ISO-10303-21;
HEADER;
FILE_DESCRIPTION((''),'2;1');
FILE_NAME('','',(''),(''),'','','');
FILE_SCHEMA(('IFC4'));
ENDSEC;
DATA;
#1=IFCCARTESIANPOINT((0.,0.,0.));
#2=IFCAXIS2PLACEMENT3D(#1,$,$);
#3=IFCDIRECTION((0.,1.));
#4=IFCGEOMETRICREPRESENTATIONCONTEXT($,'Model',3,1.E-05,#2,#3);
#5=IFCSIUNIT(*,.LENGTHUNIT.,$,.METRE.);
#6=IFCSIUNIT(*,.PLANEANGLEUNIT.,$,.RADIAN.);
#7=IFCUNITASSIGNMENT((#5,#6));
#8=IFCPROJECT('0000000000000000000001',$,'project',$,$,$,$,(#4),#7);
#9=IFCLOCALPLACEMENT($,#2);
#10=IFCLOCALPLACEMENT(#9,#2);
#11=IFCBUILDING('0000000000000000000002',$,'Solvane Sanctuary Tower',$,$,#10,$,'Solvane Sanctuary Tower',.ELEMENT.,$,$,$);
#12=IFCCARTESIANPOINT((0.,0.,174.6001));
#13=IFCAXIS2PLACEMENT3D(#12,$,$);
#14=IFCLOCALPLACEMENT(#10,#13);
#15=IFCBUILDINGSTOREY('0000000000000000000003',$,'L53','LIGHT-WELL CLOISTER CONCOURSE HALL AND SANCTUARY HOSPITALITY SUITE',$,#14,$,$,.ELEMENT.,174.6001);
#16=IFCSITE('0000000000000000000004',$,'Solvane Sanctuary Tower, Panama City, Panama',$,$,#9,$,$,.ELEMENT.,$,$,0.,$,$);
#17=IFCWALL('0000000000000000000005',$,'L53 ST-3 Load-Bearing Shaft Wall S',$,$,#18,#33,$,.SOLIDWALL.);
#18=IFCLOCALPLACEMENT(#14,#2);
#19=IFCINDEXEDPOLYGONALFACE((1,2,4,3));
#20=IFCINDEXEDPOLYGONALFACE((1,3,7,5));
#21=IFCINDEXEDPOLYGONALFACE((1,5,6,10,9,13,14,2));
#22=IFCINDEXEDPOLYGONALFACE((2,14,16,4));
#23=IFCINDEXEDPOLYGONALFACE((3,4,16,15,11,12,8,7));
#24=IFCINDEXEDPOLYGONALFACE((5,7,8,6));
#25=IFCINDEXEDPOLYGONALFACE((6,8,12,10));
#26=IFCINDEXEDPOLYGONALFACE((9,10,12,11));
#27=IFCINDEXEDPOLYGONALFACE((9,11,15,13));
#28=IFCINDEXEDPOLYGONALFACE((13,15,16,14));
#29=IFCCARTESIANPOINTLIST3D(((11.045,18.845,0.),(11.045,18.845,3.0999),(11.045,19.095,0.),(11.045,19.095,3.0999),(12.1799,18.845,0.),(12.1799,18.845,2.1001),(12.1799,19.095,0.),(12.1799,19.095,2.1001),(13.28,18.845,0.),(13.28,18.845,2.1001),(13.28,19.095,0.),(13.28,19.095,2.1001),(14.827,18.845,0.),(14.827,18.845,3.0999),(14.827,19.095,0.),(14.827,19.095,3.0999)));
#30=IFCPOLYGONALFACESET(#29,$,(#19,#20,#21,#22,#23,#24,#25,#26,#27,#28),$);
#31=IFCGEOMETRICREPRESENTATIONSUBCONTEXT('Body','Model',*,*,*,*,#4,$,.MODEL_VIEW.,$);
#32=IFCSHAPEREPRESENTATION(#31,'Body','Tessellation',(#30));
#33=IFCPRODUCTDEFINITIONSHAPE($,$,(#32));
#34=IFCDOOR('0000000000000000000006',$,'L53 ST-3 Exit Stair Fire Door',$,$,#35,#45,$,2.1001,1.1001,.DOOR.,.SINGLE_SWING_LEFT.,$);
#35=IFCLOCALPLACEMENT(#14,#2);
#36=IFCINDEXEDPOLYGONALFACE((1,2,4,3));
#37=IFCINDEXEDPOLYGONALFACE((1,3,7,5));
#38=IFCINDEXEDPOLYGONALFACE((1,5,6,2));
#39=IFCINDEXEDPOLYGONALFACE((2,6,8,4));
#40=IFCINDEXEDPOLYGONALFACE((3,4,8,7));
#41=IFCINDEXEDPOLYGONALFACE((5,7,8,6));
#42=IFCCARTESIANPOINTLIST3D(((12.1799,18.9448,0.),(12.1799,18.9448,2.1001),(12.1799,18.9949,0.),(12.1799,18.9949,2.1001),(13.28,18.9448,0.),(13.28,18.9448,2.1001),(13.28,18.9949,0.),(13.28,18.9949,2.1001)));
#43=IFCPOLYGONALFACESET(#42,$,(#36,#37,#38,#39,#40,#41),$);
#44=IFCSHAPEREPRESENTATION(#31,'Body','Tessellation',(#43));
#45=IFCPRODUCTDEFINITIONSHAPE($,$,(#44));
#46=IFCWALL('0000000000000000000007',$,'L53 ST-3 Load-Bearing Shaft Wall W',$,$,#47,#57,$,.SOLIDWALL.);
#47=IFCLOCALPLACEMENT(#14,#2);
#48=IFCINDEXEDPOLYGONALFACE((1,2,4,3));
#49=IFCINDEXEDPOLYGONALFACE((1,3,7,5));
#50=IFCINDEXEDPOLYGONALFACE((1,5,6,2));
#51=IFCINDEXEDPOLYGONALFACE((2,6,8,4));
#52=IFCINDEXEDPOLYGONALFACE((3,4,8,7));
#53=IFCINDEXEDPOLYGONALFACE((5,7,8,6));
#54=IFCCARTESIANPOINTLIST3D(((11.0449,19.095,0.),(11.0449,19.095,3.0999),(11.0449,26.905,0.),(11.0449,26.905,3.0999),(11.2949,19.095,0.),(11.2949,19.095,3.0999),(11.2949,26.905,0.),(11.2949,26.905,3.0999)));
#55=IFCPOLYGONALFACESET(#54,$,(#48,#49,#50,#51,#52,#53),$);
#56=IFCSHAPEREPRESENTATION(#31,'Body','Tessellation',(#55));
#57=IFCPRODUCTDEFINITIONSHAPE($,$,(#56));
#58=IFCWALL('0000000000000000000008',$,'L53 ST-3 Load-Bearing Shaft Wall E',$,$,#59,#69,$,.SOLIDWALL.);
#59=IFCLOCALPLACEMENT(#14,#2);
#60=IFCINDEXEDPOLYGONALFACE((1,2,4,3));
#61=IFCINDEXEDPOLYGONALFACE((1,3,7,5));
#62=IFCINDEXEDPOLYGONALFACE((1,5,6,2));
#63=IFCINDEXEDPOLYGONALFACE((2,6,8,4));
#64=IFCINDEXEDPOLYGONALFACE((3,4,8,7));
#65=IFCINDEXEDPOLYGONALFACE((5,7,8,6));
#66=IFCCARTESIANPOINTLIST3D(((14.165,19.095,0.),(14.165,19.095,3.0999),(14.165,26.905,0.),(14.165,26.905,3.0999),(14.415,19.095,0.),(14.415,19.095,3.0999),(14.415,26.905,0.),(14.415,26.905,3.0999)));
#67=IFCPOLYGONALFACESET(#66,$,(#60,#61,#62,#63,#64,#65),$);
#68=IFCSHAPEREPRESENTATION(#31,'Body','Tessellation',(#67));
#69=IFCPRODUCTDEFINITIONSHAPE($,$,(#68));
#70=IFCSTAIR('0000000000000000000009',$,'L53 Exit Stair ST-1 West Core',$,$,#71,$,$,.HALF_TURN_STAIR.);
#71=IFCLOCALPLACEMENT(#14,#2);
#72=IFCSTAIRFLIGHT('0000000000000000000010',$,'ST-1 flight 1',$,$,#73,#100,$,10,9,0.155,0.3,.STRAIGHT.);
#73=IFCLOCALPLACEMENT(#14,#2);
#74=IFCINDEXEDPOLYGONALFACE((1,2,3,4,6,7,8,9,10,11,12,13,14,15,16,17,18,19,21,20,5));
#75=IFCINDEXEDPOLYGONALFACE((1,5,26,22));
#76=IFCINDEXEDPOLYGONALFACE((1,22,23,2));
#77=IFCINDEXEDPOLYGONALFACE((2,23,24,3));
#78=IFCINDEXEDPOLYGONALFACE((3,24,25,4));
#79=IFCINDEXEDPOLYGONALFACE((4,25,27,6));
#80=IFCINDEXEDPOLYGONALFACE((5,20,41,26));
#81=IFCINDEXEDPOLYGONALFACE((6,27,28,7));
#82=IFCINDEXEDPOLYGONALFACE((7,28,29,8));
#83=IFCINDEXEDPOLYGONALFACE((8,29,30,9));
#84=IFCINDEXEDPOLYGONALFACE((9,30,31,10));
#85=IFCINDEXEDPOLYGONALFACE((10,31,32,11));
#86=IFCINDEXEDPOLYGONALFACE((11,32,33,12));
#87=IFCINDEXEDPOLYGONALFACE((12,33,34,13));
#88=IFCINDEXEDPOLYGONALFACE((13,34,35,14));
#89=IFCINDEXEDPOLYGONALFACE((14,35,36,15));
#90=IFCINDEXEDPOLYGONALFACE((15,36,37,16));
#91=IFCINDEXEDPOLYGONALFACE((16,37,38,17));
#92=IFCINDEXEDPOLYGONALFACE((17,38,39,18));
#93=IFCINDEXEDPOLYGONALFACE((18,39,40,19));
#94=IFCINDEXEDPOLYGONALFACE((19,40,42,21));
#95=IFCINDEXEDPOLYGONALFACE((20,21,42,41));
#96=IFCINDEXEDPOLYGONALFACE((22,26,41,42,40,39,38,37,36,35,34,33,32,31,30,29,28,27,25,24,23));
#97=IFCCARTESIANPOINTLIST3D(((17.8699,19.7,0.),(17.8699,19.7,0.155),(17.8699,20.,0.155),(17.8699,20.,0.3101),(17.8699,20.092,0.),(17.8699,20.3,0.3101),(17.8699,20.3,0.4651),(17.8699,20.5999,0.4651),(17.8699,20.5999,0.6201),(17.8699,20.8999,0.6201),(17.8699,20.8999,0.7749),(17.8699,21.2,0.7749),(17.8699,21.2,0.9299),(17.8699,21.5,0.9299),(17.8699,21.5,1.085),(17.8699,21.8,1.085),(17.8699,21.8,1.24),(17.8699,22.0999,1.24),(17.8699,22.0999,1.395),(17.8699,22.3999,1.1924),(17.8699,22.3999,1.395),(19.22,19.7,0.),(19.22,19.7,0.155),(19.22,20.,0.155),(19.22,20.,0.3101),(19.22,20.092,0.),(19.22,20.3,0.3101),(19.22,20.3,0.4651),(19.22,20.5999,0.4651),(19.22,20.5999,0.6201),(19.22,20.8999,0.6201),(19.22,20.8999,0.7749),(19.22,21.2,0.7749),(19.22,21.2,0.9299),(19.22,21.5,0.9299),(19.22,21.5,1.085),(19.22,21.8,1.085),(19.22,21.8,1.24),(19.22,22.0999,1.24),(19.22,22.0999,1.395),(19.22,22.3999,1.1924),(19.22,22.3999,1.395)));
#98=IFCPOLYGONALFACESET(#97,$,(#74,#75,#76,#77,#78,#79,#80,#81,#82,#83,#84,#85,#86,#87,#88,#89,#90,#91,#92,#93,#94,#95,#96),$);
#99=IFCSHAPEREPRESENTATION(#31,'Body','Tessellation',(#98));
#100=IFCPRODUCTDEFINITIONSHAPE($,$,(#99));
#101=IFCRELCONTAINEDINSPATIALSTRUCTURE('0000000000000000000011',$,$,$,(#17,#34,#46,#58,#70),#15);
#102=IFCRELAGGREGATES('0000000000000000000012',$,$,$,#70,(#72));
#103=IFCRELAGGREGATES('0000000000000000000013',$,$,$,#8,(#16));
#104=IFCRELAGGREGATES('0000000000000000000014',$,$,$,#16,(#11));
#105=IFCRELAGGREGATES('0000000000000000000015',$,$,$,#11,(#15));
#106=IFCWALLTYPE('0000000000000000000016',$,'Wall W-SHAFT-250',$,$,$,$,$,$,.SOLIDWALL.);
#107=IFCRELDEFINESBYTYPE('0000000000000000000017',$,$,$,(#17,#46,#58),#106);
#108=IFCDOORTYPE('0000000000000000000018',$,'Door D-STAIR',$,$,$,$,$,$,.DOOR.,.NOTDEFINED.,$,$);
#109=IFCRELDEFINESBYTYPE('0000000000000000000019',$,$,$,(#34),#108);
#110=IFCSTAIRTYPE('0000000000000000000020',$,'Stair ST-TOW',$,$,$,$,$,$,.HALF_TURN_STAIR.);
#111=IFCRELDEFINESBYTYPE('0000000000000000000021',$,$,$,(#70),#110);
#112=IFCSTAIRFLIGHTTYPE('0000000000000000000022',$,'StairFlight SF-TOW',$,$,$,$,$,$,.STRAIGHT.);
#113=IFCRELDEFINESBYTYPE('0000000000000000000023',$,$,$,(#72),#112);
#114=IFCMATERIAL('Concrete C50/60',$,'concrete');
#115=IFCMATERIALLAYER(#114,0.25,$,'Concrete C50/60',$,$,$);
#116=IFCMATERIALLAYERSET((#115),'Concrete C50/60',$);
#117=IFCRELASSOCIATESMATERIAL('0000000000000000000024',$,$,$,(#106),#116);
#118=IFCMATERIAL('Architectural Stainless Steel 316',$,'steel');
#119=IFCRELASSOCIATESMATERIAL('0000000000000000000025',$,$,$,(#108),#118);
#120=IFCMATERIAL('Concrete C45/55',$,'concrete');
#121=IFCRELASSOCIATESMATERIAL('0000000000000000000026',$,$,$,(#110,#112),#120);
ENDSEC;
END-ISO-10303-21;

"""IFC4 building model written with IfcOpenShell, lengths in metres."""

from ifc_helpers import new_model, si_unit, direction, frame, frame_2d, origin, place, context, subcontext, project, spatial, polyline, rectangle, outline, extrude, material, layer, layer_set, type_object, element, fill, aggregate, save


model = new_model("IFC4")

# Units and contexts
model_context = context("Model", 3, precision=1e-05, world=origin(), true_north=direction((0.0, 1.0)))
body_context = subcontext(model_context, "Body", "Model", "MODEL_VIEW")
ifc_project = project(units=[si_unit("LENGTHUNIT", "METRE"), si_unit("PLANEANGLEUNIT", "RADIAN")], contexts=[model_context])

# Site, building, storey
site_placement = place(None, origin())
site = spatial("IfcSite", under=ifc_project, at=site_placement, Name="Solvane Sanctuary Tower, Panama City, Panama", CompositionType="ELEMENT", RefElevation=0.0)
building_placement = place(site_placement, origin())
building = spatial("IfcBuilding", under=site, at=building_placement, Name="Solvane Sanctuary Tower", LongName="Solvane Sanctuary Tower", CompositionType="ELEMENT")
storey_placement = place(building_placement, frame((0.0, 0.0, 174.6001)))
storey = spatial("IfcBuildingStorey", under=building, at=storey_placement, Name="L53", Description="LIGHT-WELL CLOISTER CONCOURSE HALL AND SANCTUARY HOSPITALITY SUITE", CompositionType="ELEMENT", Elevation=174.6001)

# Shared definitions
ifc_material_1 = material(Name="Concrete C50/60", Category="concrete")

# Shared definitions
ifc_material_2 = material(Name="Architectural Stainless Steel 316", Category="steel")

# Shared definitions
ifc_layer_1 = layer(ifc_material_1, 0.25, Name="Concrete C50/60")
ifc_layer_set_1 = layer_set([ifc_layer_1], Name="Concrete C50/60")
wall_type_1 = type_object("IfcWallType", Name="Wall W-SHAFT-250", PredefinedType="SOLIDWALL", material=ifc_layer_set_1)
door_type_1 = type_object("IfcDoorType", Name="Door D-STAIR", OperationType="NOTDEFINED", PredefinedType="DOOR", material=ifc_material_2)

# Wall, opening, door
wall_1_placement = place(storey_placement, frame((11.0449, 18.97, 0.0), z_axis=(0.0, 0.0, 1.0), x_axis=(1.0, 0.0, 0.0)))
wall_1 = element("IfcWall", 1, at=wall_1_placement, inside=storey, type_object=wall_type_1, Name="L53 ST-3 Load-Bearing Shaft Wall S", PredefinedType="SOLIDWALL", context=body_context, shape_type="SweptSolid", body=[
    extrude(rectangle(XDim=3.782, YDim=0.25, at=frame_2d((1.8911, 0.0))), origin(), (0.0, 0.0, 1.0), 3.0999),
])
opening_1_placement = place(wall_1_placement, frame((1.135, 0.0, 0.0)))
opening_1 = element("IfcOpeningElement", 2, at=opening_1_placement, cuts=wall_1, PredefinedType="OPENING", context=body_context, shape_type="SweptSolid", body=[
    extrude(rectangle(XDim=1.1001, YDim=2.1001, at=frame_2d((0.55, 1.05))), frame((0.0, 0.135, 0.0), z_axis=(0.0, -1.0, 0.0), x_axis=(1.0, 0.0, 0.0)), (0.0, 0.0, 1.0), 0.27),
])
door_1_placement = place(opening_1_placement, origin())
door_1 = element("IfcDoor", 3, at=door_1_placement, inside=storey, type_object=door_type_1, Name="L53 ST-3 Exit Stair Fire Door", OperationType="SINGLE_SWING_LEFT", OverallHeight=2.1001, OverallWidth=1.1001, PredefinedType="DOOR", context=body_context, shape_type="SweptSolid", body=[
    extrude(rectangle(XDim=1.1001, YDim=2.1001, at=frame_2d((0.55, 1.05))), frame((0.0, 0.0249, 0.0), z_axis=(0.0, -1.0, 0.0), x_axis=(1.0, 0.0, 0.0)), (0.0, 0.0, 1.0), 0.05),
])
fill(opening_1, door_1)

# Walls
for number, where, z_axis, x_axis, name in (
    (4, (11.1699, 19.095, 0.0), (0.0, 0.0, 1.0), (0.0, 1.0, 0.0), "L53 ST-3 Load-Bearing Shaft Wall W"),
    (5, (14.29, 19.095, 0.0), (0.0, 0.0, 1.0), (0.0, 1.0, 0.0), "L53 ST-3 Load-Bearing Shaft Wall E"),
):
    element("IfcWall", number, at=place(storey_placement, frame(where, z_axis=z_axis, x_axis=x_axis)), inside=storey, type_object=wall_type_1, Name=name, PredefinedType="SOLIDWALL", context=body_context, shape_type="SweptSolid", body=[
        extrude(rectangle(XDim=7.8101, YDim=0.25, at=frame_2d((3.905, 0.0))), origin(), (0.0, 0.0, 1.0), 3.0999),
    ])

# Stair, stair flight
ifc_material_3 = material(Name="Concrete C45/55", Category="concrete")
stair_type = type_object("IfcStairType", Name="Stair ST-TOW", PredefinedType="HALF_TURN_STAIR", material=ifc_material_3)
stair_placement = place(storey_placement, origin())
stair = element("IfcStair", 6, at=stair_placement, inside=storey, type_object=stair_type, Name="L53 Exit Stair ST-1 West Core", PredefinedType="HALF_TURN_STAIR")
stair_flight_type = type_object("IfcStairFlightType", Name="StairFlight SF-TOW", PredefinedType="STRAIGHT", material=ifc_material_3)
stair_flight_placement = place(storey_placement, frame((18.5449, 19.7, 0.0), z_axis=(0.0, 0.0, 1.0), x_axis=(0.0, 1.0, 0.0)))
stair_flight = element("IfcStairFlight", 7, at=stair_flight_placement, type_object=stair_flight_type, Name="ST-1 flight 1", NumberOfRisers=10, NumberOfTreads=9, PredefinedType="STRAIGHT", RiserHeight=0.155, TreadLength=0.3, context=body_context, shape_type="SweptSolid", body=[
    extrude(outline(polyline([(0.0, 0.0), (0.0, 0.155), (0.3, 0.155), (0.3, 0.3101), (0.6001, 0.3101), (0.6001, 0.4651), (0.8999, 0.4651), (0.8999, 0.6201), (1.2, 0.6201), (1.2, 0.7749), (1.5, 0.7749), (1.5, 0.9299), (1.8, 0.9299), (1.8, 1.085), (2.1001, 1.085), (2.1001, 1.24), (2.3999, 1.24), (2.3999, 1.395), (2.7, 1.395), (2.7, 1.55), (2.7, 1.1924), (0.3921, 0.0), (0.0, 0.0)])), frame((0.0, 0.675, 0.0), z_axis=(0.0, -1.0, 0.0), x_axis=(1.0, 0.0, 0.0)), (0.0, 0.0, 1.0), 1.3501),
])
aggregate(stair, [stair_flight])

save(model, "model.ifc")
